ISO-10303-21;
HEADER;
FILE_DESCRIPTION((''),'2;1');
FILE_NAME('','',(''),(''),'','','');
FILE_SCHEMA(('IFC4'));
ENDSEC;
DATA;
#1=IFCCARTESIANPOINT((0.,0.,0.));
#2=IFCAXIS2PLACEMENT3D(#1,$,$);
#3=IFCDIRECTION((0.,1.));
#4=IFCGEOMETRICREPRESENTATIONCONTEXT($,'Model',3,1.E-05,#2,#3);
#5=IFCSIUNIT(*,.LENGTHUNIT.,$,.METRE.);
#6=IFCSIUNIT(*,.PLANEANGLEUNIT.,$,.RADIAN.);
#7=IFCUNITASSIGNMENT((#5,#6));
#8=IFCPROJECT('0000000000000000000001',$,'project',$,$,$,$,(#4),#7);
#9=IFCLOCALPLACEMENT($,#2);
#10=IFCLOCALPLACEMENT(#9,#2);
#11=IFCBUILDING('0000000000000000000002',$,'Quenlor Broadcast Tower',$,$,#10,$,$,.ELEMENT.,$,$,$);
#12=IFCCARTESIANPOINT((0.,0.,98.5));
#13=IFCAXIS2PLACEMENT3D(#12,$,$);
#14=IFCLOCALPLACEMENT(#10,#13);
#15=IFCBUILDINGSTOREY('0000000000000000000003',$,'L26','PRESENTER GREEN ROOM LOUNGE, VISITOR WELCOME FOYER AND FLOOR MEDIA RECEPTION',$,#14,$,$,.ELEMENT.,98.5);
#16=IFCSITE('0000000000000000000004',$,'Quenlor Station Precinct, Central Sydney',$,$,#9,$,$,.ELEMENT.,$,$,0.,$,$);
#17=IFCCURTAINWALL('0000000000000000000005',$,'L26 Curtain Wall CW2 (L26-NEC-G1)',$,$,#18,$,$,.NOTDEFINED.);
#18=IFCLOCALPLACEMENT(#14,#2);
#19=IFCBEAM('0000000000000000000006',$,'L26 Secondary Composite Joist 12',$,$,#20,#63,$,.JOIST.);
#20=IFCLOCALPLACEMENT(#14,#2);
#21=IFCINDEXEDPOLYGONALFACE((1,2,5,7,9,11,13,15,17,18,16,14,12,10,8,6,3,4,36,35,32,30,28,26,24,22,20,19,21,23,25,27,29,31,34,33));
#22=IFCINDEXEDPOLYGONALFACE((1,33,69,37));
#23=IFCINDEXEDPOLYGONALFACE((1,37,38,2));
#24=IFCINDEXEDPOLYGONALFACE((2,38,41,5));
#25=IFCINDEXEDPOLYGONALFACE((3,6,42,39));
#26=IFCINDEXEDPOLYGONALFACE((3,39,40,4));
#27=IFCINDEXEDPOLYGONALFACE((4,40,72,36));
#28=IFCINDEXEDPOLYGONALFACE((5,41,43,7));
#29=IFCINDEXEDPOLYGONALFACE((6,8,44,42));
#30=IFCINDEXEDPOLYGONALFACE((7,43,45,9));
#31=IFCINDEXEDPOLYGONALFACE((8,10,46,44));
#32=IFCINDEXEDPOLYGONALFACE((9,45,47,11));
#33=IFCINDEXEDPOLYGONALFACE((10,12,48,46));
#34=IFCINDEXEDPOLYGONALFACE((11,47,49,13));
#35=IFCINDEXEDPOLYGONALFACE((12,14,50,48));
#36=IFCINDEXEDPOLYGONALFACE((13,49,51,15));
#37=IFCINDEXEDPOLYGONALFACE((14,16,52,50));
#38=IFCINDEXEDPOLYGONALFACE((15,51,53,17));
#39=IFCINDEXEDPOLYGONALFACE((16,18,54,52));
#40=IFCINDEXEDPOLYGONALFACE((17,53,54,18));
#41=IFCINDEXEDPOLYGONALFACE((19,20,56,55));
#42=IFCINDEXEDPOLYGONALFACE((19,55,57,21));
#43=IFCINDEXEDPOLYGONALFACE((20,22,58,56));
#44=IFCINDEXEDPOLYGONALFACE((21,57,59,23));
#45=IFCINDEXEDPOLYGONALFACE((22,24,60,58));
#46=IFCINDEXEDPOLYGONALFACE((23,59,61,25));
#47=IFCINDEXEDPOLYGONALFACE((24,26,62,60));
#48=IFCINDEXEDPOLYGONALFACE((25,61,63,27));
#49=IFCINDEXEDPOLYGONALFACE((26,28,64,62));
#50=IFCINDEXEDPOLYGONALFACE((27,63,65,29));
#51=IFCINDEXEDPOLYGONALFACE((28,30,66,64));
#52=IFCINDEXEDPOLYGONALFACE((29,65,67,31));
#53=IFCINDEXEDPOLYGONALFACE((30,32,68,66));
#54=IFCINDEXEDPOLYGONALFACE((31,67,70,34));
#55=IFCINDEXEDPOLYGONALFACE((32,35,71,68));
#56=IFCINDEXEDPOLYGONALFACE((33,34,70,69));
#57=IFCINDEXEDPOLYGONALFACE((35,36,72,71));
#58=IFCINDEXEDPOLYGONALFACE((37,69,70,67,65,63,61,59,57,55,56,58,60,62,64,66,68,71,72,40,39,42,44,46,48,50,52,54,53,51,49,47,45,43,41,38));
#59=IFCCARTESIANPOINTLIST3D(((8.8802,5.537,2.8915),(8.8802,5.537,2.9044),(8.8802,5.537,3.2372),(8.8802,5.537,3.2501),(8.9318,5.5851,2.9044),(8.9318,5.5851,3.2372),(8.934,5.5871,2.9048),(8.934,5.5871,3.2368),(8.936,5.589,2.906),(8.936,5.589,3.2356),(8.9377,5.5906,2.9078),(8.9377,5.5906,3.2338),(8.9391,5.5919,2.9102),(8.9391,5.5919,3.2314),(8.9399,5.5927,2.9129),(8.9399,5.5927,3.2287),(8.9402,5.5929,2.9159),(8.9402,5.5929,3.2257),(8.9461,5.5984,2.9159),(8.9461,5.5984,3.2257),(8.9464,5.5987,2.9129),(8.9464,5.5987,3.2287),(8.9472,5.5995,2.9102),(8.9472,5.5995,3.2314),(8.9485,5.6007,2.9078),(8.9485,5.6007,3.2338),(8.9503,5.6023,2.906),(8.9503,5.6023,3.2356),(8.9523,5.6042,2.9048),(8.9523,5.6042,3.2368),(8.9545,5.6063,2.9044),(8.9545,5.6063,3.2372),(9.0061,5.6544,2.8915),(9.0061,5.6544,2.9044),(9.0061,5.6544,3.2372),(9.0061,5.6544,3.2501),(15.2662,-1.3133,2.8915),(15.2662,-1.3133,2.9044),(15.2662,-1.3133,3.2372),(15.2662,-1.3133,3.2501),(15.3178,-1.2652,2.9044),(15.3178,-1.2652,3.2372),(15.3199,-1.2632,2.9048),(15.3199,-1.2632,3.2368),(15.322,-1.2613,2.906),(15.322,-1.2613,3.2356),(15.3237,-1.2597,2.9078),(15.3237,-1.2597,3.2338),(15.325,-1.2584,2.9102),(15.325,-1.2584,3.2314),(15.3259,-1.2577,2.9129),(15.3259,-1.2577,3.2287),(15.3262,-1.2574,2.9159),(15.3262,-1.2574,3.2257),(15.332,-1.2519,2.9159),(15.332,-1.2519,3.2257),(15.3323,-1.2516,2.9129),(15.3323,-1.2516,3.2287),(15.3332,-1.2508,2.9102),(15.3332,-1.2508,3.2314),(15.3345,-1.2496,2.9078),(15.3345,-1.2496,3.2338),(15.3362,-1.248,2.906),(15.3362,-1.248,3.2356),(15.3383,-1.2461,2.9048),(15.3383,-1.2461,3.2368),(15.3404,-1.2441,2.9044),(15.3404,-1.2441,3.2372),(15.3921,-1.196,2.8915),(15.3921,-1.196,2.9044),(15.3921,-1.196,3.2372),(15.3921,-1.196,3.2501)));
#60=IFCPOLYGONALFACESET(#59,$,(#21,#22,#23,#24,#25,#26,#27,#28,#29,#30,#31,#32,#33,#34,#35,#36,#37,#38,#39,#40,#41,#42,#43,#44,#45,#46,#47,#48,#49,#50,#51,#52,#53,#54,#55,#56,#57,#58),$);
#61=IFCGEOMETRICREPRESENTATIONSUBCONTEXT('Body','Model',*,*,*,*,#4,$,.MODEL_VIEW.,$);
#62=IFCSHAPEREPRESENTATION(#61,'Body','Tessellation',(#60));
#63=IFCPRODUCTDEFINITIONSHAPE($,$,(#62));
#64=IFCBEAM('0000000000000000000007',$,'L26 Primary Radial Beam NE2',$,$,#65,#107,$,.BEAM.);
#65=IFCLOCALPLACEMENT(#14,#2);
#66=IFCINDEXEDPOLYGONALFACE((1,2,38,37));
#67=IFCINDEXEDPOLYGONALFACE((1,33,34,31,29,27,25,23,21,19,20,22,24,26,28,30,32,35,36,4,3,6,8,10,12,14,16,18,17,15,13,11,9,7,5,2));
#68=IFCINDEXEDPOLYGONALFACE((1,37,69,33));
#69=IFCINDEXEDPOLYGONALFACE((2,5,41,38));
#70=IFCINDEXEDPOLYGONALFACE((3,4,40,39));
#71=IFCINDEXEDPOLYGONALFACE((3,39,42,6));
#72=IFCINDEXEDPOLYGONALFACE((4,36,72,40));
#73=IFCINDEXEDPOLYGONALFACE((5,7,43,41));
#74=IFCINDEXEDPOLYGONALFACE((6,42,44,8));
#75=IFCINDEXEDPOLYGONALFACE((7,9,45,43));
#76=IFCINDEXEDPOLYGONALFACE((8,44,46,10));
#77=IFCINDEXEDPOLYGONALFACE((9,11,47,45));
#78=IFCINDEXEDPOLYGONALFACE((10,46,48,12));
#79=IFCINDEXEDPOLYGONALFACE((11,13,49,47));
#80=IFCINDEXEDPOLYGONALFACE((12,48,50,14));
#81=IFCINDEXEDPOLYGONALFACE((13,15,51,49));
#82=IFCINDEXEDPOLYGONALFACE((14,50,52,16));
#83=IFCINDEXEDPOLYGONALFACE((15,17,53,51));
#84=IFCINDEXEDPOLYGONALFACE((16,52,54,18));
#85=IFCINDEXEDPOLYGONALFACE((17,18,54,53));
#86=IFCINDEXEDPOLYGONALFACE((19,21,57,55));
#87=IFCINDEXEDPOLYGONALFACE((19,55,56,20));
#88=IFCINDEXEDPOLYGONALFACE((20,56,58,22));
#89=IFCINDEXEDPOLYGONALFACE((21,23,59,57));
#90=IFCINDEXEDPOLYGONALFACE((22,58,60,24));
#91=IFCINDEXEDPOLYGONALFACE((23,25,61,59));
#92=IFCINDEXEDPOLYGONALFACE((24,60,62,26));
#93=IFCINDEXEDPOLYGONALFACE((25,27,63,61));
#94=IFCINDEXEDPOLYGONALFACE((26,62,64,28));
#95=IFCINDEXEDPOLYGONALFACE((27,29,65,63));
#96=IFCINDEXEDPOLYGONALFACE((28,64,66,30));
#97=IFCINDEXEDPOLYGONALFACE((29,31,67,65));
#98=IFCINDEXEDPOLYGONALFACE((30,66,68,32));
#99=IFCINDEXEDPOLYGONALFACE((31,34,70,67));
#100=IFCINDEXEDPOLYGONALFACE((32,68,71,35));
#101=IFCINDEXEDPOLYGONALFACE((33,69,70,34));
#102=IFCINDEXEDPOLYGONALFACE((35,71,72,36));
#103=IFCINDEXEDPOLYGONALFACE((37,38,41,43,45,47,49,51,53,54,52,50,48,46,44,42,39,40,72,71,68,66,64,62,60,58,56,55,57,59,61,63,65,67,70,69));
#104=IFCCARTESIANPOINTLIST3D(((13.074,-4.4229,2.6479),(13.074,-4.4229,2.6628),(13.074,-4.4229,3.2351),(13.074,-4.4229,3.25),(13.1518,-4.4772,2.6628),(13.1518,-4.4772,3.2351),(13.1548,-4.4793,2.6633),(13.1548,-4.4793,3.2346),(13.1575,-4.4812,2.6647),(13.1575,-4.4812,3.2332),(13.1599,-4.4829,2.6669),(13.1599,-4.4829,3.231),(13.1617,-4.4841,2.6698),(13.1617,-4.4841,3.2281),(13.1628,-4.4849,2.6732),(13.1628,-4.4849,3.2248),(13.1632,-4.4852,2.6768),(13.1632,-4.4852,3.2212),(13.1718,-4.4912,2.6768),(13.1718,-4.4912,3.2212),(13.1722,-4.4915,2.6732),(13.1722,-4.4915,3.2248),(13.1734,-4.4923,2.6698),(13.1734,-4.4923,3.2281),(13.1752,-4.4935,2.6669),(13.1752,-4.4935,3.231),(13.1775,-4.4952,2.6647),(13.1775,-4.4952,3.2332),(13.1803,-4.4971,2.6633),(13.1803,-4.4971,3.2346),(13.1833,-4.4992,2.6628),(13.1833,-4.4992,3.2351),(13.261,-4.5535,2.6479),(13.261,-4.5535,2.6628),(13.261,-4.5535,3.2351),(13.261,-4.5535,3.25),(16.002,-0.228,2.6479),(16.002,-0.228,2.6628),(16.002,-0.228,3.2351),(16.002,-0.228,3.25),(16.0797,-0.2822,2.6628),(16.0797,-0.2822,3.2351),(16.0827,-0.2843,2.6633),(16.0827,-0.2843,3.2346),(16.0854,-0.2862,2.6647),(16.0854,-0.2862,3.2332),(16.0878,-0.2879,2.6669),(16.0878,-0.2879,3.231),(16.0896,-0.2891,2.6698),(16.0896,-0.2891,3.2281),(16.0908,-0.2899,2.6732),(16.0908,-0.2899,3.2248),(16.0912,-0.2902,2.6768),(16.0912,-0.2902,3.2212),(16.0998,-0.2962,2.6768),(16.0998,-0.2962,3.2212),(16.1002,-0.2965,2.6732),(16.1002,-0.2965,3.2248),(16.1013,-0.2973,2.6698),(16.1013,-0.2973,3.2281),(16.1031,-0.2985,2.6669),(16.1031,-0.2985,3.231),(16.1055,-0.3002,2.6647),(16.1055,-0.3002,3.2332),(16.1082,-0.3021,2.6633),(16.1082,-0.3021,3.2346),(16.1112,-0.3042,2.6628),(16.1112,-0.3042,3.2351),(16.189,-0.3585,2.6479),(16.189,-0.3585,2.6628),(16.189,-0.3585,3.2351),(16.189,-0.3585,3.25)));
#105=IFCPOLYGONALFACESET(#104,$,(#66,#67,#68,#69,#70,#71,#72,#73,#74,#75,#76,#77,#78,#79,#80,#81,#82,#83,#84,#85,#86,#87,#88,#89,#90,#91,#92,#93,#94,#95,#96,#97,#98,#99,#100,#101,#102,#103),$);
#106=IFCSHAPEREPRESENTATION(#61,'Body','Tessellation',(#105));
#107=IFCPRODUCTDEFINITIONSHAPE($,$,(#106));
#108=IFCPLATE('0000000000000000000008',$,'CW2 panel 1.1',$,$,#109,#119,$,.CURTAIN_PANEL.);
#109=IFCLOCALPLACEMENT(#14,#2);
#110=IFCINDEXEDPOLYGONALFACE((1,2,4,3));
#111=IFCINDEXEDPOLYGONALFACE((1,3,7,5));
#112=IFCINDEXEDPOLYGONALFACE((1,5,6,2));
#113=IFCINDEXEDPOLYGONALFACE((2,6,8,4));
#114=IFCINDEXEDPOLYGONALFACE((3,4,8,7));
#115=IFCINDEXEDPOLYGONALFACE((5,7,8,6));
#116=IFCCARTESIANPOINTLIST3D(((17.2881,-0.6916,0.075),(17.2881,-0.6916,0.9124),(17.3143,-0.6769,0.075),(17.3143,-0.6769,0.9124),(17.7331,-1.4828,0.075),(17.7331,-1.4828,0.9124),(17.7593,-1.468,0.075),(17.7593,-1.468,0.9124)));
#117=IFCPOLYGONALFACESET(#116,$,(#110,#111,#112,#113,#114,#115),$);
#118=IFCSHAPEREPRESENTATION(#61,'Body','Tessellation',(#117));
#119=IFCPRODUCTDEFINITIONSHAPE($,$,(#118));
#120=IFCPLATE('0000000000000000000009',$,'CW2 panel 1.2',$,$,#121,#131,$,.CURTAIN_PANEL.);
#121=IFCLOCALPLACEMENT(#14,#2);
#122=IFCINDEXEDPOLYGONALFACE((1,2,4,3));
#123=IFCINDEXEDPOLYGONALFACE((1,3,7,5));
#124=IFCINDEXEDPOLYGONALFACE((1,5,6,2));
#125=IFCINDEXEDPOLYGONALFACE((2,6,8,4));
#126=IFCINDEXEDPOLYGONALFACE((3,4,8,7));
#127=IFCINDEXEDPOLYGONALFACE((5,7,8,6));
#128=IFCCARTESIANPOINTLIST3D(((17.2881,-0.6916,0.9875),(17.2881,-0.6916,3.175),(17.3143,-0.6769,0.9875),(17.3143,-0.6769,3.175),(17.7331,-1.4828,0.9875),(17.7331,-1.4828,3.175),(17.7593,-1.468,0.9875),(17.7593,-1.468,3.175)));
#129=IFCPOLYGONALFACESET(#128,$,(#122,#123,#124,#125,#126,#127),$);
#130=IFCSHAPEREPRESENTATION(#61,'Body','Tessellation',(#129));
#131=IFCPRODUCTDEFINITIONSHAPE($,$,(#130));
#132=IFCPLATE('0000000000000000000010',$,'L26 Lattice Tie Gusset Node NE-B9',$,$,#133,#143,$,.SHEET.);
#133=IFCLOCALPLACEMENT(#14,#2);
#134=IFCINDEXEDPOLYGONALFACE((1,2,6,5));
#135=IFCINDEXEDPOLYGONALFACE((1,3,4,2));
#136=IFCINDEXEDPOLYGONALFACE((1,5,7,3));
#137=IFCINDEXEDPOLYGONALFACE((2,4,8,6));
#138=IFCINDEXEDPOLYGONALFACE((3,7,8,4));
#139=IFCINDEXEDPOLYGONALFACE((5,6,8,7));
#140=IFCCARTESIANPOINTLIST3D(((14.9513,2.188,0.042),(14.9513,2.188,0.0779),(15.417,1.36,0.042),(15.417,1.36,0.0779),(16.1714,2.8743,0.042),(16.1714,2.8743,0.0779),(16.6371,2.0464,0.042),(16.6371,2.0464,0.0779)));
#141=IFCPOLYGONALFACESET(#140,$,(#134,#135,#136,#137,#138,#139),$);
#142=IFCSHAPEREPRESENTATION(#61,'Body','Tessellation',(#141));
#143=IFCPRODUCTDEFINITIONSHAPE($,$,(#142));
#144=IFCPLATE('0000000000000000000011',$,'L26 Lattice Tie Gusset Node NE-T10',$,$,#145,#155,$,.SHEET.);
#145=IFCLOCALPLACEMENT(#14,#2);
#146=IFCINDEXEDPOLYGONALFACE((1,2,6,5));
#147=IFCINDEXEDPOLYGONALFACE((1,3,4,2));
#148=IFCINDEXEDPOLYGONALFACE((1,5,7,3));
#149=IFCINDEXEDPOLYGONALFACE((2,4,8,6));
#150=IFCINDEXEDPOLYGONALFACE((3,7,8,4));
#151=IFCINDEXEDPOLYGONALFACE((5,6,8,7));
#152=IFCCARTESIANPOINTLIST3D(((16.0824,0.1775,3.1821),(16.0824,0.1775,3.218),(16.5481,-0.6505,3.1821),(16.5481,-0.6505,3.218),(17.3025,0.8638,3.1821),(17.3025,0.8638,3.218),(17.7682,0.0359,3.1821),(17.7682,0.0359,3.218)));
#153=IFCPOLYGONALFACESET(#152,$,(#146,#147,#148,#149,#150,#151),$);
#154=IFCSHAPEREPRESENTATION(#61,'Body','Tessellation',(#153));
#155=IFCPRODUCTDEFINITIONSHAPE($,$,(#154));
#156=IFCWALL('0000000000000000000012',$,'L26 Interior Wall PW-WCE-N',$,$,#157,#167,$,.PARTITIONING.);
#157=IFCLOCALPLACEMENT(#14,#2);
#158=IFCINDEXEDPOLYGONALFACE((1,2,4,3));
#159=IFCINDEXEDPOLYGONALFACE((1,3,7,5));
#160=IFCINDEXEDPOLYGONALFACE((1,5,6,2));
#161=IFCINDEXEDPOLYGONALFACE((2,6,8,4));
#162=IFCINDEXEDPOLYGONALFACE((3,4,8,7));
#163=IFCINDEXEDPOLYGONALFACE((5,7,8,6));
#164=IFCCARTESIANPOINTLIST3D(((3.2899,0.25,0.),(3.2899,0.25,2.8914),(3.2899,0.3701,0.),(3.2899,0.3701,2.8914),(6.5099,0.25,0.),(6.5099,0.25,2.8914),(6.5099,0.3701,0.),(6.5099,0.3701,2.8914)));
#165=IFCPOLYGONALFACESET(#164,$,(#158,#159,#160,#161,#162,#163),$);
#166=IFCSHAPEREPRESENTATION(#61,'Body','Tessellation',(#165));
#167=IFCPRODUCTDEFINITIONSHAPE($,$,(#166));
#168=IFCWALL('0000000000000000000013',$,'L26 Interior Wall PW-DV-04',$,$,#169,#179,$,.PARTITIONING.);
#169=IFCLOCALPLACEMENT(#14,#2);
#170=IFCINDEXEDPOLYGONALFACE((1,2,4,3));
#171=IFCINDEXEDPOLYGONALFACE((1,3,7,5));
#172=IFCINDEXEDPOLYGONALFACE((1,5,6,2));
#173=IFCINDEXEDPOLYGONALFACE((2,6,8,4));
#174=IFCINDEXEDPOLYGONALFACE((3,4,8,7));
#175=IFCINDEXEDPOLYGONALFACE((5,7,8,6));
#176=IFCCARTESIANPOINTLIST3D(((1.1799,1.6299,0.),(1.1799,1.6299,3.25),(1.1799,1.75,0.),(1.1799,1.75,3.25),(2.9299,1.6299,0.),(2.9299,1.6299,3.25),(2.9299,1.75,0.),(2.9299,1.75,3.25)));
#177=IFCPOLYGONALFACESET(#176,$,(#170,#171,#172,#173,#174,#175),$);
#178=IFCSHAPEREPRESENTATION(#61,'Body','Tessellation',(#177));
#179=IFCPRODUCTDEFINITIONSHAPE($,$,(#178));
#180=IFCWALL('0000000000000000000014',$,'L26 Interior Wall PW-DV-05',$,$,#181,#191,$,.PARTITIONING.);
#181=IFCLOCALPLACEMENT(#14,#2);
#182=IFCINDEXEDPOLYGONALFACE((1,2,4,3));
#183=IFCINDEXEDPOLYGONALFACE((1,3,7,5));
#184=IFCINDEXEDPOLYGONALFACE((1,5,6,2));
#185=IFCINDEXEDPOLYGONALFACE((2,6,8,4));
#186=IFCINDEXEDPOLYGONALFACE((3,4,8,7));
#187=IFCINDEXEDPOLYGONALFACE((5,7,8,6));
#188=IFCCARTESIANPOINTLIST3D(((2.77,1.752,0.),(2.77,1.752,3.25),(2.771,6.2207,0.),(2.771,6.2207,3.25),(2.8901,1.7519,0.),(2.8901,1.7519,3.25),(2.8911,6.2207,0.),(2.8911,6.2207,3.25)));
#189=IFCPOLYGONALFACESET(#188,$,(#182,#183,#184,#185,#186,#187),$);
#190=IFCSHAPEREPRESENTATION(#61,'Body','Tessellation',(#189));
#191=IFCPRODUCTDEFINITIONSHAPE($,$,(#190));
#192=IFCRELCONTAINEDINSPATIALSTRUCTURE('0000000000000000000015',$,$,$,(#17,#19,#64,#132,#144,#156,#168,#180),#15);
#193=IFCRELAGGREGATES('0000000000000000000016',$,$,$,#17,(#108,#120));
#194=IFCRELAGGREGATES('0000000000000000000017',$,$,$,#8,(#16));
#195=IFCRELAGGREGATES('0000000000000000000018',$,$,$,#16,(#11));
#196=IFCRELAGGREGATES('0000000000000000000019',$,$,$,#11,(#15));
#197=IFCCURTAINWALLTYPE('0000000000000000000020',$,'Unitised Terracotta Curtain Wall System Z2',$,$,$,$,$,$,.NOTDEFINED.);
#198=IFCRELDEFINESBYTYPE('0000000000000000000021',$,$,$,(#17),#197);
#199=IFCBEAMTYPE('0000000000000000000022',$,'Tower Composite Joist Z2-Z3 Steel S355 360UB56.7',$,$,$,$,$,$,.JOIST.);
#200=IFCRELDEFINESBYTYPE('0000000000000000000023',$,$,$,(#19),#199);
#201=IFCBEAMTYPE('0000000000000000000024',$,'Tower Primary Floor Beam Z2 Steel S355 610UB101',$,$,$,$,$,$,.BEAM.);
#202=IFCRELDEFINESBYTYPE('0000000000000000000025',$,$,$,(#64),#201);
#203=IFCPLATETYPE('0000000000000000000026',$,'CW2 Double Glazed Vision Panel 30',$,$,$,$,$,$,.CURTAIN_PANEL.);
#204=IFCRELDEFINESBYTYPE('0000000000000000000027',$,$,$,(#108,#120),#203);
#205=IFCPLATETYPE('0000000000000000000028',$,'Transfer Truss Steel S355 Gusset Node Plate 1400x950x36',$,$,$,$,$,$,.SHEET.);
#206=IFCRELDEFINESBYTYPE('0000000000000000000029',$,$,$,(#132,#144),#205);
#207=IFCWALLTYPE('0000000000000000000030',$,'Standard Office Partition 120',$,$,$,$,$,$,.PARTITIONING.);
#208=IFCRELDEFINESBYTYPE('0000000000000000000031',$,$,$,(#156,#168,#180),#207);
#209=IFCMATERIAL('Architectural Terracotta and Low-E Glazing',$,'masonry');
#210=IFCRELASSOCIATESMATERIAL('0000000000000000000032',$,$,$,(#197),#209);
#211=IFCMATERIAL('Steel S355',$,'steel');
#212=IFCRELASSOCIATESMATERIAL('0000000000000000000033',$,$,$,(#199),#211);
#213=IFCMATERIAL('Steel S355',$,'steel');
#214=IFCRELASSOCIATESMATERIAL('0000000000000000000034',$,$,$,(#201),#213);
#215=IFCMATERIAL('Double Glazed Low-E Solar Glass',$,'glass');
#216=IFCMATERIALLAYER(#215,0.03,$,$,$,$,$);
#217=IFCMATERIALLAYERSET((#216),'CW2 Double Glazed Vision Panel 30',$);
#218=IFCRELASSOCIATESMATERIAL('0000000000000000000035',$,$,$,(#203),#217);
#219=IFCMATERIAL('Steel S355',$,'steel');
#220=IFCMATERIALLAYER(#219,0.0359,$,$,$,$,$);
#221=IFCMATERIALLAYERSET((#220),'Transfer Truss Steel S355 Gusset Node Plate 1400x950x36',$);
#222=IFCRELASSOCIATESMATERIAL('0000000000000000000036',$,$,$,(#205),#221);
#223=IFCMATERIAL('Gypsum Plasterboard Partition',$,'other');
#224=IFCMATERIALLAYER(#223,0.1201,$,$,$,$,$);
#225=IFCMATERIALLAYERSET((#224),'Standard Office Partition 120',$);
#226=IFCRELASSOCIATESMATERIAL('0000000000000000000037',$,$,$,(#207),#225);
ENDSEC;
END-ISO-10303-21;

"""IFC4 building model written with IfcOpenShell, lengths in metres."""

from ifc_helpers import new_model, si_unit, direction, frame, frame_2d, origin, origin_2d, place, context, subcontext, project, spatial, rectangle, i_section, extrude, material, layer, layer_set, material_profile, profile_set, type_object, element, aggregate, save


model = new_model("IFC4")

# Units and contexts
model_context = context("Model", 3, precision=1e-05, world=origin(), true_north=direction((0.0, 1.0)))
body_context = subcontext(model_context, "Body", "Model", "MODEL_VIEW")
ifc_project = project(units=[si_unit("LENGTHUNIT", "METRE"), si_unit("PLANEANGLEUNIT", "RADIAN")], contexts=[model_context])

# Site, building, storey
site_placement = place(None, origin())
site = spatial("IfcSite", under=ifc_project, at=site_placement, Name="Quenlor Station Precinct, Central Sydney", CompositionType="ELEMENT", RefElevation=0.0)
building_placement = place(site_placement, origin())
building = spatial("IfcBuilding", under=site, at=building_placement, Name="Quenlor Broadcast Tower", CompositionType="ELEMENT")
storey_placement = place(building_placement, frame((0.0, 0.0, 98.5)))
storey = spatial("IfcBuildingStorey", under=building, at=storey_placement, Name="L26", Description="PRESENTER GREEN ROOM LOUNGE, VISITOR WELCOME FOYER AND FLOOR MEDIA RECEPTION", CompositionType="ELEMENT", Elevation=98.5)

# Curtain wall
ifc_material_1 = material(Name="Architectural Terracotta and Low-E Glazing", Category="masonry")
curtain_wall_type = type_object("IfcCurtainWallType", Name="Unitised Terracotta Curtain Wall System Z2", PredefinedType="NOTDEFINED", material=ifc_material_1)
curtain_wall_placement = place(storey_placement, origin())
curtain_wall = element("IfcCurtainWall", 1, at=curtain_wall_placement, inside=storey, type_object=curtain_wall_type, Name="L26 Curtain Wall CW2 (L26-NEC-G1)", PredefinedType="NOTDEFINED")

# Beams
ifc_material_2 = material(Name="Steel S355", Category="steel")
ifc_material_profile_1 = material_profile(ifc_material_2, i_section(OverallWidth=0.1721, OverallDepth=0.3586, WebThickness=0.0081, FlangeThickness=0.0129, FilletRadius=0.0115, at=origin_2d()))
ifc_profile_set_1 = profile_set([ifc_material_profile_1], Name="Steel S355 360UB56.7")
beam_type_1 = type_object("IfcBeamType", Name="Tower Composite Joist Z2-Z3 Steel S355 360UB56.7", PredefinedType="JOIST", material=ifc_profile_set_1)
beam_1_placement = place(storey_placement, frame((15.3291, -1.2546, 3.0708), z_axis=(-0.681881, 0.731463, 0.0), x_axis=(-0.731463, -0.681881, 0.0)))
element("IfcBeam", 2, at=beam_1_placement, inside=storey, type_object=beam_type_1, Name="L26 Secondary Composite Joist 12", PredefinedType="JOIST", context=body_context, shape_type="SweptSolid", body=[
    extrude(i_section(OverallWidth=0.1721, OverallDepth=0.3586, WebThickness=0.0081, FlangeThickness=0.0129, FilletRadius=0.0115, at=origin_2d()), origin(), (0.0, 0.0, 1.0), 9.3652),
])
ifc_material_3 = material(Name="Steel S355", Category="steel")
ifc_material_profile_2 = material_profile(ifc_material_3, i_section(OverallWidth=0.228, OverallDepth=0.6021, WebThickness=0.0105, FlangeThickness=0.0149, FilletRadius=0.0139, at=origin_2d()))
ifc_profile_set_2 = profile_set([ifc_material_profile_2], Name="Steel S355 610UB101")
beam_type_2 = type_object("IfcBeamType", Name="Tower Primary Floor Beam Z2 Steel S355 610UB101", PredefinedType="BEAM", material=ifc_profile_set_2)
beam_2_placement = place(storey_placement, frame((16.0955, -0.2932, 2.949), z_axis=(-0.572338, -0.820018, 0.0), x_axis=(0.820018, -0.572338, 0.0)))
element("IfcBeam", 3, at=beam_2_placement, inside=storey, type_object=beam_type_2, Name="L26 Primary Radial Beam NE2", PredefinedType="BEAM", context=body_context, shape_type="SweptSolid", body=[
    extrude(i_section(OverallWidth=0.228, OverallDepth=0.6021, WebThickness=0.0105, FlangeThickness=0.0149, FilletRadius=0.0139, at=origin_2d()), origin(), (0.0, 0.0, 1.0), 5.1157),
])

# Plates
ifc_material_4 = material(Name="Double Glazed Low-E Solar Glass", Category="glass")
ifc_layer_1 = layer(ifc_material_4, 0.03)
ifc_layer_set_1 = layer_set([ifc_layer_1], Name="CW2 Double Glazed Vision Panel 30")
plate_type_1 = type_object("IfcPlateType", Name="CW2 Double Glazed Vision Panel 30", PredefinedType="CURTAIN_PANEL", material=ifc_layer_set_1)
plate_1_placement = place(storey_placement, frame((17.5237, -1.0798, 0.075), z_axis=(0.0, 0.0, 1.0), x_axis=(0.490252, -0.871581, 0.0)))
plate_1 = element("IfcPlate", 4, at=plate_1_placement, type_object=plate_type_1, Name="CW2 panel 1.1", PredefinedType="CURTAIN_PANEL", context=body_context, shape_type="SweptSolid", body=[
    extrude(rectangle(XDim=0.9077, YDim=0.03, at=origin_2d()), origin(), (0.0, 0.0, 1.0), 0.8374),
])
plate_2_placement = place(storey_placement, frame((17.5237, -1.0798, 0.9875), z_axis=(0.0, 0.0, 1.0), x_axis=(0.490252, -0.871581, 0.0)))
plate_2 = element("IfcPlate", 5, at=plate_2_placement, type_object=plate_type_1, Name="CW2 panel 1.2", PredefinedType="CURTAIN_PANEL", context=body_context, shape_type="SweptSolid", body=[
    extrude(rectangle(XDim=0.9077, YDim=0.03, at=origin_2d()), origin(), (0.0, 0.0, 1.0), 2.1875),
])
aggregate(curtain_wall, [plate_1, plate_2])

# Plates
ifc_material_5 = material(Name="Steel S355", Category="steel")
ifc_layer_2 = layer(ifc_material_5, 0.0359)
ifc_layer_set_2 = layer_set([ifc_layer_2], Name="Transfer Truss Steel S355 Gusset Node Plate 1400x950x36")
plate_type_2 = type_object("IfcPlateType", Name="Transfer Truss Steel S355 Gusset Node Plate 1400x950x36", PredefinedType="SHEET", material=ifc_layer_set_2)
for number, where, z_axis, x_axis, name in (
    (6, (15.7942, 2.1172, 0.042), (0.0, 0.0, 1.0), (0.871556, 0.490295, 0.0), "L26 Lattice Tie Gusset Node NE-B9"),
    (7, (16.9253, 0.1067, 3.1821), (0.0, 0.0, 1.0), (0.871556, 0.490295, 0.0), "L26 Lattice Tie Gusset Node NE-T10"),
):
    element("IfcPlate", number, at=place(storey_placement, frame(where, z_axis=z_axis, x_axis=x_axis)), inside=storey, type_object=plate_type_2, Name=name, PredefinedType="SHEET", context=body_context, shape_type="SweptSolid", body=[
        extrude(rectangle(XDim=1.3999, YDim=0.95, at=origin_2d()), origin(), (0.0, 0.0, 1.0), 0.0359),
    ])

# Walls
ifc_material_6 = material(Name="Gypsum Plasterboard Partition", Category="other")
ifc_layer_3 = layer(ifc_material_6, 0.1201)
ifc_layer_set_3 = layer_set([ifc_layer_3], Name="Standard Office Partition 120")
wall_type_1 = type_object("IfcWallType", Name="Standard Office Partition 120", PredefinedType="PARTITIONING", material=ifc_layer_set_3)
wall_1_placement = place(storey_placement, frame((3.29, 0.3101, 0.0), z_axis=(0.0, 0.0, 1.0), x_axis=(1.0, 0.0, 0.0)))
element("IfcWall", 8, at=wall_1_placement, inside=storey, type_object=wall_type_1, Name="L26 Interior Wall PW-WCE-N", PredefinedType="PARTITIONING", context=body_context, shape_type="SweptSolid", body=[
    extrude(rectangle(XDim=3.22, YDim=0.1201, at=frame_2d((1.6099, 0.0))), origin(), (0.0, 0.0, 1.0), 2.8914),
])
wall_2_placement = place(storey_placement, frame((1.1799, 1.6899, 0.0), z_axis=(0.0, 0.0, 1.0), x_axis=(1.0, 0.0, 0.0)))
element("IfcWall", 9, at=wall_2_placement, inside=storey, type_object=wall_type_1, Name="L26 Interior Wall PW-DV-04", PredefinedType="PARTITIONING", context=body_context, shape_type="SweptSolid", body=[
    extrude(rectangle(XDim=1.75, YDim=0.1201, at=frame_2d((0.875, 0.0))), origin(), (0.0, 0.0, 1.0), 3.25),
])
wall_3_placement = place(storey_placement, frame((2.8301, 1.752, 0.0), z_axis=(0.0, 0.0, 1.0), x_axis=(0.000219, 1.0, 0.0)))
element("IfcWall", 10, at=wall_3_placement, inside=storey, type_object=wall_type_1, Name="L26 Interior Wall PW-DV-05", PredefinedType="PARTITIONING", context=body_context, shape_type="SweptSolid", body=[
    extrude(rectangle(XDim=4.4688, YDim=0.1201, at=frame_2d((2.2344, 0.0))), origin(), (0.0, 0.0, 1.0), 3.25),
])

save(model, "model.ifc")
